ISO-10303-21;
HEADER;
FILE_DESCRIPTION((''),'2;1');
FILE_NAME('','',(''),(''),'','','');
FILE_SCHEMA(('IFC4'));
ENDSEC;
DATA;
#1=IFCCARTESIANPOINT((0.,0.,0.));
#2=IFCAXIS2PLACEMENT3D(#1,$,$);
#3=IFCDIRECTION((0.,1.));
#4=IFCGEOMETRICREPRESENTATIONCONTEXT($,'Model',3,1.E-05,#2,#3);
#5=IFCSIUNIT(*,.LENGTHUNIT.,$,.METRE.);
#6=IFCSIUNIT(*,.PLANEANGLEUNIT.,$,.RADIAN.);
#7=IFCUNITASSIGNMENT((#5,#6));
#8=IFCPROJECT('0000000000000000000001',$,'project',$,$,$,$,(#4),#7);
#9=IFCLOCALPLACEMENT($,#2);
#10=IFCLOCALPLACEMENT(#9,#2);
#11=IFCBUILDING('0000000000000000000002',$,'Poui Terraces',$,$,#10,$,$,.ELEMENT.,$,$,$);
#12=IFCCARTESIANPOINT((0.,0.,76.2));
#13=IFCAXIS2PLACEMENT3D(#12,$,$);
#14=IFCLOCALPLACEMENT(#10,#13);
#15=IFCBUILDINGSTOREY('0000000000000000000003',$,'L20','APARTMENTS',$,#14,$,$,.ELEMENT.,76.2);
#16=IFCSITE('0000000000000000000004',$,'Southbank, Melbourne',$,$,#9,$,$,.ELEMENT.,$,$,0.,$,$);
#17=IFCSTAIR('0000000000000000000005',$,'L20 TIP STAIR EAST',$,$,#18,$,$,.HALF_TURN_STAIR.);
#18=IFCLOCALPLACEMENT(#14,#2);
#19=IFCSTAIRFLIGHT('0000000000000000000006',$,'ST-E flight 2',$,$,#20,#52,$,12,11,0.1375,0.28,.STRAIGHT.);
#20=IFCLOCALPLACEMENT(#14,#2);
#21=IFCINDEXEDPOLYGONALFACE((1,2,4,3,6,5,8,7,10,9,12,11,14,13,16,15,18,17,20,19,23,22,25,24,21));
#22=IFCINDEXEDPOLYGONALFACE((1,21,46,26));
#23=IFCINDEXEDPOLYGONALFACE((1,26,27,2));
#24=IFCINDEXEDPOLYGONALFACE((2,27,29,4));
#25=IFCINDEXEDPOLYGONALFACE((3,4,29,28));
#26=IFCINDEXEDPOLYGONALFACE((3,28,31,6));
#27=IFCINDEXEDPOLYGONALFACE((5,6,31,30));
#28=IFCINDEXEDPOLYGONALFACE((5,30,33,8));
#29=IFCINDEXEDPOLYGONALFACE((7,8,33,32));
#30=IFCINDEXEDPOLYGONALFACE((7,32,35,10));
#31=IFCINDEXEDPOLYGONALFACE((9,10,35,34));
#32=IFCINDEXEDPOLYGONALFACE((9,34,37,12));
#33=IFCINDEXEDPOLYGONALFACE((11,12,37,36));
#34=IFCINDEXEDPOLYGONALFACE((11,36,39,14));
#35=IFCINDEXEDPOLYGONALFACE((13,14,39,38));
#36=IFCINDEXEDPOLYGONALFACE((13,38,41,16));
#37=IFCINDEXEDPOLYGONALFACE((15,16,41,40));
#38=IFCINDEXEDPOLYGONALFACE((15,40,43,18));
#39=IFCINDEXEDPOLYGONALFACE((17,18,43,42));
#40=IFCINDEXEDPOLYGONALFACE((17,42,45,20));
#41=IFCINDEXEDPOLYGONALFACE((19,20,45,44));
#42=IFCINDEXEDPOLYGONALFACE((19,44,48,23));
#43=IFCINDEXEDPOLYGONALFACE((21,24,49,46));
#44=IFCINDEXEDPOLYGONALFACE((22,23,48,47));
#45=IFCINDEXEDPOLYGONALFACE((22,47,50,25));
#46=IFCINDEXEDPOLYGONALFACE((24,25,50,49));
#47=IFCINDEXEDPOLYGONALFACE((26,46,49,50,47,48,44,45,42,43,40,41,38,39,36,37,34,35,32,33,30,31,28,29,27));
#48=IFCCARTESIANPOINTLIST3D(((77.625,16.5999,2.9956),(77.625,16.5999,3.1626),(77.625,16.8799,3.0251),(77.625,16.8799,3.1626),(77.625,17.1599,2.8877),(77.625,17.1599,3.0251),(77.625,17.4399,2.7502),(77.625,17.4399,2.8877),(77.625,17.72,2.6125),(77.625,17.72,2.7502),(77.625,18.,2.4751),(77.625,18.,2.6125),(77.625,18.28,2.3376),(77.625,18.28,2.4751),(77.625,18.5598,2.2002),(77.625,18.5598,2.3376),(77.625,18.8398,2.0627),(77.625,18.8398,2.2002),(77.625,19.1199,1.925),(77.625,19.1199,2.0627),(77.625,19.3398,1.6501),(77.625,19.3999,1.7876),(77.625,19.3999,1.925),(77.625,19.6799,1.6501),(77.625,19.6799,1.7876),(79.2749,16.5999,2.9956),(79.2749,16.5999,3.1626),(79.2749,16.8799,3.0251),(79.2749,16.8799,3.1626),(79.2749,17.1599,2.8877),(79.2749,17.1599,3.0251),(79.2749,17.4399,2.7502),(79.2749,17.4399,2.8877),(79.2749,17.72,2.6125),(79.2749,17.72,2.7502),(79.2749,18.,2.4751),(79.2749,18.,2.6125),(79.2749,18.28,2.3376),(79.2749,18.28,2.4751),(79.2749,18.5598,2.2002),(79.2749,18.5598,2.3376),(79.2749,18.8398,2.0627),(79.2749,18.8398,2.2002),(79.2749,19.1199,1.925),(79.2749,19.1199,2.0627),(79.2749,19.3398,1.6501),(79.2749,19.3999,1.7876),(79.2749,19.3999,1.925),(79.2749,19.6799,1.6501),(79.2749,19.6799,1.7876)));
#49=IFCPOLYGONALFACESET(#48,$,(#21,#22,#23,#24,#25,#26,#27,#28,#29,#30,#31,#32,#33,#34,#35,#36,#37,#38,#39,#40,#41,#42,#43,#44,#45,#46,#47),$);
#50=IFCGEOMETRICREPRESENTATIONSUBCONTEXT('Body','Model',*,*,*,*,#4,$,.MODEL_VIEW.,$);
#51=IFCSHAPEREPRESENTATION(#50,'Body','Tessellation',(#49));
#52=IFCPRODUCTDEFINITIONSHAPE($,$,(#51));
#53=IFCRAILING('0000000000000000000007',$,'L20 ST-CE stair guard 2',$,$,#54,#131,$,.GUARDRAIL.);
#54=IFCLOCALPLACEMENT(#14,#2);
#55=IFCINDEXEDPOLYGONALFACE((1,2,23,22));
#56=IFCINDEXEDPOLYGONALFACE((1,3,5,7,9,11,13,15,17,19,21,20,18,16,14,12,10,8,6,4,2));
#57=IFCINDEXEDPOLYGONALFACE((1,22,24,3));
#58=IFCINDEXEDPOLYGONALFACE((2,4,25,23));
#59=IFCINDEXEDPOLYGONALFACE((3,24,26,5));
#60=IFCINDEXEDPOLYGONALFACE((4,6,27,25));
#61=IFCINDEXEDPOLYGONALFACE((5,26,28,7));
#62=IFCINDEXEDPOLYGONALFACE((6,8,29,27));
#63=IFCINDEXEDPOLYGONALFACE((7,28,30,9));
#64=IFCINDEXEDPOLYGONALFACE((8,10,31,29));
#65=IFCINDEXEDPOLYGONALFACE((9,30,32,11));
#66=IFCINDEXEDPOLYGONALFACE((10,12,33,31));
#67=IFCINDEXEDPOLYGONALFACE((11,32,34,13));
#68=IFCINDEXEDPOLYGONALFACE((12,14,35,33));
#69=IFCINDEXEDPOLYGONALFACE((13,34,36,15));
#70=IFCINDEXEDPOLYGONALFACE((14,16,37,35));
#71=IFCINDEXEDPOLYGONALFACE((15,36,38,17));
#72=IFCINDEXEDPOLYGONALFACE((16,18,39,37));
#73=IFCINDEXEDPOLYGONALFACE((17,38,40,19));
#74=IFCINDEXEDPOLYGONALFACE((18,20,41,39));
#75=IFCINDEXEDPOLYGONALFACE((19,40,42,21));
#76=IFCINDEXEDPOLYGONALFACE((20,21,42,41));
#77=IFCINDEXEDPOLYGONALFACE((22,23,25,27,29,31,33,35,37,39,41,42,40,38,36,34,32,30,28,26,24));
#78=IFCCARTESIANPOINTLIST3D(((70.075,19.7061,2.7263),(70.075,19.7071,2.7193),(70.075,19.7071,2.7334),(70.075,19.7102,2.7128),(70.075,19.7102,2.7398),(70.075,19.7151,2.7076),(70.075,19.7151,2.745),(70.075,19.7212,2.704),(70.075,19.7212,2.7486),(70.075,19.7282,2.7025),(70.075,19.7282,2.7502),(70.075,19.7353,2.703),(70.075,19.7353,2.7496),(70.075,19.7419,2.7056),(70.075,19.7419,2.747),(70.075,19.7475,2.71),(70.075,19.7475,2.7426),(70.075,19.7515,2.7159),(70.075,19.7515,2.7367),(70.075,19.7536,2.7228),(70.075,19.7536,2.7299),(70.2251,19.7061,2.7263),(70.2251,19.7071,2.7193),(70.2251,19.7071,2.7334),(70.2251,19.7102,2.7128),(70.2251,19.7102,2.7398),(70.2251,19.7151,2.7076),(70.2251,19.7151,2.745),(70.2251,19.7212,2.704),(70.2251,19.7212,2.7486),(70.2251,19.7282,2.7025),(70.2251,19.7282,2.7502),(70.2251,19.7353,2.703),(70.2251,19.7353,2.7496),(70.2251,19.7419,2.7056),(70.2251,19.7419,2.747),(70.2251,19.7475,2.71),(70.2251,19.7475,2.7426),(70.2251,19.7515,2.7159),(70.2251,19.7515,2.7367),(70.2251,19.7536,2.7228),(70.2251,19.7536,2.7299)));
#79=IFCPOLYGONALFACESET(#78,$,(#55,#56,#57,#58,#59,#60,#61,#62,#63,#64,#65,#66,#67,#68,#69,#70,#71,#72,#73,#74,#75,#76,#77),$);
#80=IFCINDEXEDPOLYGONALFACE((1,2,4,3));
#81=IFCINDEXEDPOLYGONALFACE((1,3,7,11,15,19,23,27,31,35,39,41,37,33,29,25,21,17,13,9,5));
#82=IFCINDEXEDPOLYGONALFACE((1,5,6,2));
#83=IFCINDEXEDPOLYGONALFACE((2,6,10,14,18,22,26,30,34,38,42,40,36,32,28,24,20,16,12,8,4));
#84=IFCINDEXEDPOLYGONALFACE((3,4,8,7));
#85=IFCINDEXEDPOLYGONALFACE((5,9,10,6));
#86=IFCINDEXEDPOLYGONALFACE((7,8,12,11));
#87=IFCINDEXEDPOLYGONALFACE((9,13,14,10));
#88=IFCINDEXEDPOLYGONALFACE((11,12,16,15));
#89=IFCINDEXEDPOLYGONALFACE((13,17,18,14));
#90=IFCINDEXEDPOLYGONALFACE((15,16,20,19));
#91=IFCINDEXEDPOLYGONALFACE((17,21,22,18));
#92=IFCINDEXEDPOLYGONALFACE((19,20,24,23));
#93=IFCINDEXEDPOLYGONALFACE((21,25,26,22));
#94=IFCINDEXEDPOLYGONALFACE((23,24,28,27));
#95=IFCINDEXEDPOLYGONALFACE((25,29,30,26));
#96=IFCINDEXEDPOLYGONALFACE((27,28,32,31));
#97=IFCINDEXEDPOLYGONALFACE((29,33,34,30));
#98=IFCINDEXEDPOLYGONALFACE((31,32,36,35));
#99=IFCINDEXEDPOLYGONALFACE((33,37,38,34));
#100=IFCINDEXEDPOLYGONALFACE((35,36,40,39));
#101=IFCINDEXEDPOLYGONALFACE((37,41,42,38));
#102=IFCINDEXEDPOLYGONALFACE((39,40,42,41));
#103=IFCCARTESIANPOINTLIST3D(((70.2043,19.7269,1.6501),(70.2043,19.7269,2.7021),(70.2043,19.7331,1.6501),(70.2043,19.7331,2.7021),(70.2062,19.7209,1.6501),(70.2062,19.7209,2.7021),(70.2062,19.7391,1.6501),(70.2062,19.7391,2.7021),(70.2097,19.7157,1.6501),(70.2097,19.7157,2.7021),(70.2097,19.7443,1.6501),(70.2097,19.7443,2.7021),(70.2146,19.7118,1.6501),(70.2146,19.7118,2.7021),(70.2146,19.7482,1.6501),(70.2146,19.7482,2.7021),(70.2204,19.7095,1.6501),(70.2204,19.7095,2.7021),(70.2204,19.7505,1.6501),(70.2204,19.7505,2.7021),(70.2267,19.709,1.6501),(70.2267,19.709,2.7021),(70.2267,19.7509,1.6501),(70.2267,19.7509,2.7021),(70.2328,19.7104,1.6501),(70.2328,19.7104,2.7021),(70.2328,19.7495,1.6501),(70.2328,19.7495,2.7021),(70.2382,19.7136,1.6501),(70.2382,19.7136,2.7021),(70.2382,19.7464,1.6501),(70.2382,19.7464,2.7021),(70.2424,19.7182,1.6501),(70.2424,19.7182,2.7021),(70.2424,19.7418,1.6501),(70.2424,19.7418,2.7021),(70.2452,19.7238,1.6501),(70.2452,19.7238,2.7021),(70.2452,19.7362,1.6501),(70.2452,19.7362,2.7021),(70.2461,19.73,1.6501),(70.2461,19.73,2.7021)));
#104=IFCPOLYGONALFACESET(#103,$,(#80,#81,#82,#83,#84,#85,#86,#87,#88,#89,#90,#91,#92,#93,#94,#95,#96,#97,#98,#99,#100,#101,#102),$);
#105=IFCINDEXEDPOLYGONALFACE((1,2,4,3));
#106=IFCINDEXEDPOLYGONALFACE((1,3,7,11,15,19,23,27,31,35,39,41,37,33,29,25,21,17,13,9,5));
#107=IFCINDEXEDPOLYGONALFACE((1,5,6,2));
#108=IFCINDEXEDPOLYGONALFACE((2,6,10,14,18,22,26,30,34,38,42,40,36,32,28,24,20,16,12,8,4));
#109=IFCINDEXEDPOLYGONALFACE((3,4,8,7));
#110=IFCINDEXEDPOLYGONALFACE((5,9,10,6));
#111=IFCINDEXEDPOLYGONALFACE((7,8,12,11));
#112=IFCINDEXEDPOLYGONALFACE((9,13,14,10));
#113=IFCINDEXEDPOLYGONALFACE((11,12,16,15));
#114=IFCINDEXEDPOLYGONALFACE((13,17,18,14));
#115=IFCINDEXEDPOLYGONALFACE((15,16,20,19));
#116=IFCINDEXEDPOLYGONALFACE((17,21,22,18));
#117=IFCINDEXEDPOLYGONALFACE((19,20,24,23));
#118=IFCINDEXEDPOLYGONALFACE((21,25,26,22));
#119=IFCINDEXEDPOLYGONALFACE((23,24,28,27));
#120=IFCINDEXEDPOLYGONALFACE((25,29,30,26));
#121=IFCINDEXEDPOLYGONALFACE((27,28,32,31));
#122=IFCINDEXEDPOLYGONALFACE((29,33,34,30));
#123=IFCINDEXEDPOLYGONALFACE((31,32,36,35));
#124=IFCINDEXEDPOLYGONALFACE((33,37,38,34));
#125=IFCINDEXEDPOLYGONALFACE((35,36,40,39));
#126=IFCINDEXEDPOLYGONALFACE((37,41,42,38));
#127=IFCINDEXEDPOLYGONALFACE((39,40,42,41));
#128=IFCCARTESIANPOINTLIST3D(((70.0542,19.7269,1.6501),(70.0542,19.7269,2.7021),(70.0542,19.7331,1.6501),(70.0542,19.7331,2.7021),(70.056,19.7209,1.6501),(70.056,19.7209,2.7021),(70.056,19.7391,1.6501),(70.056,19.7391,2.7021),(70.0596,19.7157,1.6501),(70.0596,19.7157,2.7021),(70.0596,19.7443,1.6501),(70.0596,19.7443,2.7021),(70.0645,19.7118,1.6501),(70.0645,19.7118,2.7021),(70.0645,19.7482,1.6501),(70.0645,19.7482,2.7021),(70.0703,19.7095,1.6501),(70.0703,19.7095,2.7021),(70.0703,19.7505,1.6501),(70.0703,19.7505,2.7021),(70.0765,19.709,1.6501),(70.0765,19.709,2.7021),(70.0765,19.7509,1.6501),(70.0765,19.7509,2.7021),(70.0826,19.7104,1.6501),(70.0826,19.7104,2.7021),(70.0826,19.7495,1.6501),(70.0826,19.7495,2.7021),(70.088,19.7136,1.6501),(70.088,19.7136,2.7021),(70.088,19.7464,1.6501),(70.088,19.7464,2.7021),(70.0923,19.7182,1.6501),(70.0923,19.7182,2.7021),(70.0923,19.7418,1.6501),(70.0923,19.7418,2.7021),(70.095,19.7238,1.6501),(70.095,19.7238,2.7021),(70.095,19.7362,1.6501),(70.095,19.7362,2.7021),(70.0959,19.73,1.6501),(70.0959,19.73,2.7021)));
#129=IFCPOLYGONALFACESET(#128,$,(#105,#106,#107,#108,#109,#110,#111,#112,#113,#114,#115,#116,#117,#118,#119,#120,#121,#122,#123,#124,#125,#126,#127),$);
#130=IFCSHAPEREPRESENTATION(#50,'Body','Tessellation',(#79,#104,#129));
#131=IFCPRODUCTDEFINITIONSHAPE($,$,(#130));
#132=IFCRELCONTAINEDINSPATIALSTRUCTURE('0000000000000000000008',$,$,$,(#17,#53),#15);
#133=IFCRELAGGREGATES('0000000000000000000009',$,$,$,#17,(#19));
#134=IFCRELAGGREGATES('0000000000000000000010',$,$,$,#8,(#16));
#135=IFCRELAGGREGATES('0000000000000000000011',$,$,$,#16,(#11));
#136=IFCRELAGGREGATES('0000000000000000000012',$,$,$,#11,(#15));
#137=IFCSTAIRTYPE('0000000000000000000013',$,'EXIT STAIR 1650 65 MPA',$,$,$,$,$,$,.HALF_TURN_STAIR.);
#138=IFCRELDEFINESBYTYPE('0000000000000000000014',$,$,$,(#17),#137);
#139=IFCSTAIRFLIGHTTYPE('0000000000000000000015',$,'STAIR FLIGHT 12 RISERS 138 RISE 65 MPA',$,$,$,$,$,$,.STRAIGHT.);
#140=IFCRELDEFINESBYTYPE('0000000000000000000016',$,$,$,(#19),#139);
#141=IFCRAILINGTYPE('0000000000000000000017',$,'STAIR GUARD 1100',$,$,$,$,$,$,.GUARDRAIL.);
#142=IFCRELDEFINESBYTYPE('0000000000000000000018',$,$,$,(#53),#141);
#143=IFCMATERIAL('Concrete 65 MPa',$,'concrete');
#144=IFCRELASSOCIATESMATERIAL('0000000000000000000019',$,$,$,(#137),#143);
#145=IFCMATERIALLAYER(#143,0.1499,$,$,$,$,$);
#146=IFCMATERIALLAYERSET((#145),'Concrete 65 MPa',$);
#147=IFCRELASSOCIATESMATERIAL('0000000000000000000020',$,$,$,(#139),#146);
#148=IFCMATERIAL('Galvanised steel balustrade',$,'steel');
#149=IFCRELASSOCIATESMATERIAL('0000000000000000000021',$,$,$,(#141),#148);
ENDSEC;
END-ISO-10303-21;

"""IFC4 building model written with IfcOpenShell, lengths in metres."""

from ifc_helpers import new_model, si_unit, direction, frame, origin, origin_2d, place, context, subcontext, project, spatial, polyline, circle, outline, extrude, material, layer, layer_set, type_object, element, aggregate, save


model = new_model("IFC4")

# Units and contexts
model_context = context("Model", 3, precision=1e-05, world=origin(), true_north=direction((0.0, 1.0)))
body_context = subcontext(model_context, "Body", "Model", "MODEL_VIEW")
ifc_project = project(units=[si_unit("LENGTHUNIT", "METRE"), si_unit("PLANEANGLEUNIT", "RADIAN")], contexts=[model_context])

# Site, building, storey
site_placement = place(None, origin())
site = spatial("IfcSite", under=ifc_project, at=site_placement, Name="Southbank, Melbourne", CompositionType="ELEMENT", RefElevation=0.0)
building_placement = place(site_placement, origin())
building = spatial("IfcBuilding", under=site, at=building_placement, Name="Poui Terraces", CompositionType="ELEMENT")
storey_placement = place(building_placement, frame((0.0, 0.0, 76.2)))
storey = spatial("IfcBuildingStorey", under=building, at=storey_placement, Name="L20", Description="APARTMENTS", CompositionType="ELEMENT", Elevation=76.2)

# Shared definitions
ifc_material_1 = material(Name="Concrete 65 MPa", Category="concrete")

# Shared definitions
stair_type = type_object("IfcStairType", Name="EXIT STAIR 1650 65 MPA", PredefinedType="HALF_TURN_STAIR", material=ifc_material_1)
ifc_layer_1 = layer(ifc_material_1, 0.1499)
ifc_layer_set_1 = layer_set([ifc_layer_1], Name="Concrete 65 MPa")
stair_flight_type = type_object("IfcStairFlightType", Name="STAIR FLIGHT 12 RISERS 138 RISE 65 MPA", PredefinedType="STRAIGHT", material=ifc_layer_set_1)

# Stair, stair flight
stair_1_placement = place(storey_placement, origin())
stair_1 = element("IfcStair", 1, at=stair_1_placement, inside=storey, type_object=stair_type, Name="L20 TIP STAIR EAST", PredefinedType="HALF_TURN_STAIR")
stair_flight_1_placement = place(storey_placement, frame((78.45, 19.6799, 1.6501), z_axis=(0.0, 0.0, 1.0), x_axis=(0.0, -1.0, 0.0)))
stair_flight_1 = element("IfcStairFlight", 2, at=stair_flight_1_placement, type_object=stair_flight_type, Name="ST-E flight 2", NumberOfRisers=12, NumberOfTreads=11, PredefinedType="STRAIGHT", RiserHeight=0.1375, TreadLength=0.28, context=body_context, shape_type="SweptSolid", body=[
    extrude(outline(polyline([(0.0, 0.0), (0.0, 0.1375), (0.28, 0.1375), (0.28, 0.2749), (0.5601, 0.2749), (0.5601, 0.4126), (0.8401, 0.4126), (0.8401, 0.55), (1.1201, 0.55), (1.1201, 0.6875), (1.3999, 0.6875), (1.3999, 0.825), (1.6799, 0.825), (1.6799, 0.9624), (1.96, 0.9624), (1.96, 1.1001), (2.24, 1.1001), (2.24, 1.2375), (2.52, 1.2375), (2.52, 1.375), (2.8, 1.375), (2.8, 1.5125), (3.0801, 1.5125), (3.0801, 1.6499), (3.0801, 1.3455), (0.3401, 0.0), (0.0, 0.0)])), frame((0.0, 0.825, 0.0), z_axis=(0.0, -1.0, 0.0), x_axis=(1.0, 0.0, 0.0)), (0.0, 0.0, 1.0), 1.6499),
])
aggregate(stair_1, [stair_flight_1])

# Railing
ifc_material_2 = material(Name="Galvanised steel balustrade", Category="steel")
railing_type_1 = type_object("IfcRailingType", Name="STAIR GUARD 1100", PredefinedType="GUARDRAIL", material=ifc_material_2)
railing_1_placement = place(storey_placement, frame((70.2251, 19.73, 1.6501)))
element("IfcRailing", 3, at=railing_1_placement, inside=storey, type_object=railing_type_1, Name="L20 ST-CE stair guard 2", PredefinedType="GUARDRAIL", context=body_context, shape_type="SweptSolid", body=[
    extrude(circle(Radius=0.0239, at=origin_2d()), frame((0.0, 0.0, 1.0762), z_axis=(-1.0, 0.0, 0.0), x_axis=(0.0, -1.0, 0.0)), (0.0, 0.0, 1.0), 0.1501),
    extrude(circle(Radius=0.021, at=origin_2d()), origin(), (0.0, 0.0, 1.0), 1.052),
    extrude(circle(Radius=0.021, at=origin_2d()), frame((-0.1501, 0.0, 0.0)), (0.0, 0.0, 1.0), 1.052),
])

save(model, "model.ifc")
